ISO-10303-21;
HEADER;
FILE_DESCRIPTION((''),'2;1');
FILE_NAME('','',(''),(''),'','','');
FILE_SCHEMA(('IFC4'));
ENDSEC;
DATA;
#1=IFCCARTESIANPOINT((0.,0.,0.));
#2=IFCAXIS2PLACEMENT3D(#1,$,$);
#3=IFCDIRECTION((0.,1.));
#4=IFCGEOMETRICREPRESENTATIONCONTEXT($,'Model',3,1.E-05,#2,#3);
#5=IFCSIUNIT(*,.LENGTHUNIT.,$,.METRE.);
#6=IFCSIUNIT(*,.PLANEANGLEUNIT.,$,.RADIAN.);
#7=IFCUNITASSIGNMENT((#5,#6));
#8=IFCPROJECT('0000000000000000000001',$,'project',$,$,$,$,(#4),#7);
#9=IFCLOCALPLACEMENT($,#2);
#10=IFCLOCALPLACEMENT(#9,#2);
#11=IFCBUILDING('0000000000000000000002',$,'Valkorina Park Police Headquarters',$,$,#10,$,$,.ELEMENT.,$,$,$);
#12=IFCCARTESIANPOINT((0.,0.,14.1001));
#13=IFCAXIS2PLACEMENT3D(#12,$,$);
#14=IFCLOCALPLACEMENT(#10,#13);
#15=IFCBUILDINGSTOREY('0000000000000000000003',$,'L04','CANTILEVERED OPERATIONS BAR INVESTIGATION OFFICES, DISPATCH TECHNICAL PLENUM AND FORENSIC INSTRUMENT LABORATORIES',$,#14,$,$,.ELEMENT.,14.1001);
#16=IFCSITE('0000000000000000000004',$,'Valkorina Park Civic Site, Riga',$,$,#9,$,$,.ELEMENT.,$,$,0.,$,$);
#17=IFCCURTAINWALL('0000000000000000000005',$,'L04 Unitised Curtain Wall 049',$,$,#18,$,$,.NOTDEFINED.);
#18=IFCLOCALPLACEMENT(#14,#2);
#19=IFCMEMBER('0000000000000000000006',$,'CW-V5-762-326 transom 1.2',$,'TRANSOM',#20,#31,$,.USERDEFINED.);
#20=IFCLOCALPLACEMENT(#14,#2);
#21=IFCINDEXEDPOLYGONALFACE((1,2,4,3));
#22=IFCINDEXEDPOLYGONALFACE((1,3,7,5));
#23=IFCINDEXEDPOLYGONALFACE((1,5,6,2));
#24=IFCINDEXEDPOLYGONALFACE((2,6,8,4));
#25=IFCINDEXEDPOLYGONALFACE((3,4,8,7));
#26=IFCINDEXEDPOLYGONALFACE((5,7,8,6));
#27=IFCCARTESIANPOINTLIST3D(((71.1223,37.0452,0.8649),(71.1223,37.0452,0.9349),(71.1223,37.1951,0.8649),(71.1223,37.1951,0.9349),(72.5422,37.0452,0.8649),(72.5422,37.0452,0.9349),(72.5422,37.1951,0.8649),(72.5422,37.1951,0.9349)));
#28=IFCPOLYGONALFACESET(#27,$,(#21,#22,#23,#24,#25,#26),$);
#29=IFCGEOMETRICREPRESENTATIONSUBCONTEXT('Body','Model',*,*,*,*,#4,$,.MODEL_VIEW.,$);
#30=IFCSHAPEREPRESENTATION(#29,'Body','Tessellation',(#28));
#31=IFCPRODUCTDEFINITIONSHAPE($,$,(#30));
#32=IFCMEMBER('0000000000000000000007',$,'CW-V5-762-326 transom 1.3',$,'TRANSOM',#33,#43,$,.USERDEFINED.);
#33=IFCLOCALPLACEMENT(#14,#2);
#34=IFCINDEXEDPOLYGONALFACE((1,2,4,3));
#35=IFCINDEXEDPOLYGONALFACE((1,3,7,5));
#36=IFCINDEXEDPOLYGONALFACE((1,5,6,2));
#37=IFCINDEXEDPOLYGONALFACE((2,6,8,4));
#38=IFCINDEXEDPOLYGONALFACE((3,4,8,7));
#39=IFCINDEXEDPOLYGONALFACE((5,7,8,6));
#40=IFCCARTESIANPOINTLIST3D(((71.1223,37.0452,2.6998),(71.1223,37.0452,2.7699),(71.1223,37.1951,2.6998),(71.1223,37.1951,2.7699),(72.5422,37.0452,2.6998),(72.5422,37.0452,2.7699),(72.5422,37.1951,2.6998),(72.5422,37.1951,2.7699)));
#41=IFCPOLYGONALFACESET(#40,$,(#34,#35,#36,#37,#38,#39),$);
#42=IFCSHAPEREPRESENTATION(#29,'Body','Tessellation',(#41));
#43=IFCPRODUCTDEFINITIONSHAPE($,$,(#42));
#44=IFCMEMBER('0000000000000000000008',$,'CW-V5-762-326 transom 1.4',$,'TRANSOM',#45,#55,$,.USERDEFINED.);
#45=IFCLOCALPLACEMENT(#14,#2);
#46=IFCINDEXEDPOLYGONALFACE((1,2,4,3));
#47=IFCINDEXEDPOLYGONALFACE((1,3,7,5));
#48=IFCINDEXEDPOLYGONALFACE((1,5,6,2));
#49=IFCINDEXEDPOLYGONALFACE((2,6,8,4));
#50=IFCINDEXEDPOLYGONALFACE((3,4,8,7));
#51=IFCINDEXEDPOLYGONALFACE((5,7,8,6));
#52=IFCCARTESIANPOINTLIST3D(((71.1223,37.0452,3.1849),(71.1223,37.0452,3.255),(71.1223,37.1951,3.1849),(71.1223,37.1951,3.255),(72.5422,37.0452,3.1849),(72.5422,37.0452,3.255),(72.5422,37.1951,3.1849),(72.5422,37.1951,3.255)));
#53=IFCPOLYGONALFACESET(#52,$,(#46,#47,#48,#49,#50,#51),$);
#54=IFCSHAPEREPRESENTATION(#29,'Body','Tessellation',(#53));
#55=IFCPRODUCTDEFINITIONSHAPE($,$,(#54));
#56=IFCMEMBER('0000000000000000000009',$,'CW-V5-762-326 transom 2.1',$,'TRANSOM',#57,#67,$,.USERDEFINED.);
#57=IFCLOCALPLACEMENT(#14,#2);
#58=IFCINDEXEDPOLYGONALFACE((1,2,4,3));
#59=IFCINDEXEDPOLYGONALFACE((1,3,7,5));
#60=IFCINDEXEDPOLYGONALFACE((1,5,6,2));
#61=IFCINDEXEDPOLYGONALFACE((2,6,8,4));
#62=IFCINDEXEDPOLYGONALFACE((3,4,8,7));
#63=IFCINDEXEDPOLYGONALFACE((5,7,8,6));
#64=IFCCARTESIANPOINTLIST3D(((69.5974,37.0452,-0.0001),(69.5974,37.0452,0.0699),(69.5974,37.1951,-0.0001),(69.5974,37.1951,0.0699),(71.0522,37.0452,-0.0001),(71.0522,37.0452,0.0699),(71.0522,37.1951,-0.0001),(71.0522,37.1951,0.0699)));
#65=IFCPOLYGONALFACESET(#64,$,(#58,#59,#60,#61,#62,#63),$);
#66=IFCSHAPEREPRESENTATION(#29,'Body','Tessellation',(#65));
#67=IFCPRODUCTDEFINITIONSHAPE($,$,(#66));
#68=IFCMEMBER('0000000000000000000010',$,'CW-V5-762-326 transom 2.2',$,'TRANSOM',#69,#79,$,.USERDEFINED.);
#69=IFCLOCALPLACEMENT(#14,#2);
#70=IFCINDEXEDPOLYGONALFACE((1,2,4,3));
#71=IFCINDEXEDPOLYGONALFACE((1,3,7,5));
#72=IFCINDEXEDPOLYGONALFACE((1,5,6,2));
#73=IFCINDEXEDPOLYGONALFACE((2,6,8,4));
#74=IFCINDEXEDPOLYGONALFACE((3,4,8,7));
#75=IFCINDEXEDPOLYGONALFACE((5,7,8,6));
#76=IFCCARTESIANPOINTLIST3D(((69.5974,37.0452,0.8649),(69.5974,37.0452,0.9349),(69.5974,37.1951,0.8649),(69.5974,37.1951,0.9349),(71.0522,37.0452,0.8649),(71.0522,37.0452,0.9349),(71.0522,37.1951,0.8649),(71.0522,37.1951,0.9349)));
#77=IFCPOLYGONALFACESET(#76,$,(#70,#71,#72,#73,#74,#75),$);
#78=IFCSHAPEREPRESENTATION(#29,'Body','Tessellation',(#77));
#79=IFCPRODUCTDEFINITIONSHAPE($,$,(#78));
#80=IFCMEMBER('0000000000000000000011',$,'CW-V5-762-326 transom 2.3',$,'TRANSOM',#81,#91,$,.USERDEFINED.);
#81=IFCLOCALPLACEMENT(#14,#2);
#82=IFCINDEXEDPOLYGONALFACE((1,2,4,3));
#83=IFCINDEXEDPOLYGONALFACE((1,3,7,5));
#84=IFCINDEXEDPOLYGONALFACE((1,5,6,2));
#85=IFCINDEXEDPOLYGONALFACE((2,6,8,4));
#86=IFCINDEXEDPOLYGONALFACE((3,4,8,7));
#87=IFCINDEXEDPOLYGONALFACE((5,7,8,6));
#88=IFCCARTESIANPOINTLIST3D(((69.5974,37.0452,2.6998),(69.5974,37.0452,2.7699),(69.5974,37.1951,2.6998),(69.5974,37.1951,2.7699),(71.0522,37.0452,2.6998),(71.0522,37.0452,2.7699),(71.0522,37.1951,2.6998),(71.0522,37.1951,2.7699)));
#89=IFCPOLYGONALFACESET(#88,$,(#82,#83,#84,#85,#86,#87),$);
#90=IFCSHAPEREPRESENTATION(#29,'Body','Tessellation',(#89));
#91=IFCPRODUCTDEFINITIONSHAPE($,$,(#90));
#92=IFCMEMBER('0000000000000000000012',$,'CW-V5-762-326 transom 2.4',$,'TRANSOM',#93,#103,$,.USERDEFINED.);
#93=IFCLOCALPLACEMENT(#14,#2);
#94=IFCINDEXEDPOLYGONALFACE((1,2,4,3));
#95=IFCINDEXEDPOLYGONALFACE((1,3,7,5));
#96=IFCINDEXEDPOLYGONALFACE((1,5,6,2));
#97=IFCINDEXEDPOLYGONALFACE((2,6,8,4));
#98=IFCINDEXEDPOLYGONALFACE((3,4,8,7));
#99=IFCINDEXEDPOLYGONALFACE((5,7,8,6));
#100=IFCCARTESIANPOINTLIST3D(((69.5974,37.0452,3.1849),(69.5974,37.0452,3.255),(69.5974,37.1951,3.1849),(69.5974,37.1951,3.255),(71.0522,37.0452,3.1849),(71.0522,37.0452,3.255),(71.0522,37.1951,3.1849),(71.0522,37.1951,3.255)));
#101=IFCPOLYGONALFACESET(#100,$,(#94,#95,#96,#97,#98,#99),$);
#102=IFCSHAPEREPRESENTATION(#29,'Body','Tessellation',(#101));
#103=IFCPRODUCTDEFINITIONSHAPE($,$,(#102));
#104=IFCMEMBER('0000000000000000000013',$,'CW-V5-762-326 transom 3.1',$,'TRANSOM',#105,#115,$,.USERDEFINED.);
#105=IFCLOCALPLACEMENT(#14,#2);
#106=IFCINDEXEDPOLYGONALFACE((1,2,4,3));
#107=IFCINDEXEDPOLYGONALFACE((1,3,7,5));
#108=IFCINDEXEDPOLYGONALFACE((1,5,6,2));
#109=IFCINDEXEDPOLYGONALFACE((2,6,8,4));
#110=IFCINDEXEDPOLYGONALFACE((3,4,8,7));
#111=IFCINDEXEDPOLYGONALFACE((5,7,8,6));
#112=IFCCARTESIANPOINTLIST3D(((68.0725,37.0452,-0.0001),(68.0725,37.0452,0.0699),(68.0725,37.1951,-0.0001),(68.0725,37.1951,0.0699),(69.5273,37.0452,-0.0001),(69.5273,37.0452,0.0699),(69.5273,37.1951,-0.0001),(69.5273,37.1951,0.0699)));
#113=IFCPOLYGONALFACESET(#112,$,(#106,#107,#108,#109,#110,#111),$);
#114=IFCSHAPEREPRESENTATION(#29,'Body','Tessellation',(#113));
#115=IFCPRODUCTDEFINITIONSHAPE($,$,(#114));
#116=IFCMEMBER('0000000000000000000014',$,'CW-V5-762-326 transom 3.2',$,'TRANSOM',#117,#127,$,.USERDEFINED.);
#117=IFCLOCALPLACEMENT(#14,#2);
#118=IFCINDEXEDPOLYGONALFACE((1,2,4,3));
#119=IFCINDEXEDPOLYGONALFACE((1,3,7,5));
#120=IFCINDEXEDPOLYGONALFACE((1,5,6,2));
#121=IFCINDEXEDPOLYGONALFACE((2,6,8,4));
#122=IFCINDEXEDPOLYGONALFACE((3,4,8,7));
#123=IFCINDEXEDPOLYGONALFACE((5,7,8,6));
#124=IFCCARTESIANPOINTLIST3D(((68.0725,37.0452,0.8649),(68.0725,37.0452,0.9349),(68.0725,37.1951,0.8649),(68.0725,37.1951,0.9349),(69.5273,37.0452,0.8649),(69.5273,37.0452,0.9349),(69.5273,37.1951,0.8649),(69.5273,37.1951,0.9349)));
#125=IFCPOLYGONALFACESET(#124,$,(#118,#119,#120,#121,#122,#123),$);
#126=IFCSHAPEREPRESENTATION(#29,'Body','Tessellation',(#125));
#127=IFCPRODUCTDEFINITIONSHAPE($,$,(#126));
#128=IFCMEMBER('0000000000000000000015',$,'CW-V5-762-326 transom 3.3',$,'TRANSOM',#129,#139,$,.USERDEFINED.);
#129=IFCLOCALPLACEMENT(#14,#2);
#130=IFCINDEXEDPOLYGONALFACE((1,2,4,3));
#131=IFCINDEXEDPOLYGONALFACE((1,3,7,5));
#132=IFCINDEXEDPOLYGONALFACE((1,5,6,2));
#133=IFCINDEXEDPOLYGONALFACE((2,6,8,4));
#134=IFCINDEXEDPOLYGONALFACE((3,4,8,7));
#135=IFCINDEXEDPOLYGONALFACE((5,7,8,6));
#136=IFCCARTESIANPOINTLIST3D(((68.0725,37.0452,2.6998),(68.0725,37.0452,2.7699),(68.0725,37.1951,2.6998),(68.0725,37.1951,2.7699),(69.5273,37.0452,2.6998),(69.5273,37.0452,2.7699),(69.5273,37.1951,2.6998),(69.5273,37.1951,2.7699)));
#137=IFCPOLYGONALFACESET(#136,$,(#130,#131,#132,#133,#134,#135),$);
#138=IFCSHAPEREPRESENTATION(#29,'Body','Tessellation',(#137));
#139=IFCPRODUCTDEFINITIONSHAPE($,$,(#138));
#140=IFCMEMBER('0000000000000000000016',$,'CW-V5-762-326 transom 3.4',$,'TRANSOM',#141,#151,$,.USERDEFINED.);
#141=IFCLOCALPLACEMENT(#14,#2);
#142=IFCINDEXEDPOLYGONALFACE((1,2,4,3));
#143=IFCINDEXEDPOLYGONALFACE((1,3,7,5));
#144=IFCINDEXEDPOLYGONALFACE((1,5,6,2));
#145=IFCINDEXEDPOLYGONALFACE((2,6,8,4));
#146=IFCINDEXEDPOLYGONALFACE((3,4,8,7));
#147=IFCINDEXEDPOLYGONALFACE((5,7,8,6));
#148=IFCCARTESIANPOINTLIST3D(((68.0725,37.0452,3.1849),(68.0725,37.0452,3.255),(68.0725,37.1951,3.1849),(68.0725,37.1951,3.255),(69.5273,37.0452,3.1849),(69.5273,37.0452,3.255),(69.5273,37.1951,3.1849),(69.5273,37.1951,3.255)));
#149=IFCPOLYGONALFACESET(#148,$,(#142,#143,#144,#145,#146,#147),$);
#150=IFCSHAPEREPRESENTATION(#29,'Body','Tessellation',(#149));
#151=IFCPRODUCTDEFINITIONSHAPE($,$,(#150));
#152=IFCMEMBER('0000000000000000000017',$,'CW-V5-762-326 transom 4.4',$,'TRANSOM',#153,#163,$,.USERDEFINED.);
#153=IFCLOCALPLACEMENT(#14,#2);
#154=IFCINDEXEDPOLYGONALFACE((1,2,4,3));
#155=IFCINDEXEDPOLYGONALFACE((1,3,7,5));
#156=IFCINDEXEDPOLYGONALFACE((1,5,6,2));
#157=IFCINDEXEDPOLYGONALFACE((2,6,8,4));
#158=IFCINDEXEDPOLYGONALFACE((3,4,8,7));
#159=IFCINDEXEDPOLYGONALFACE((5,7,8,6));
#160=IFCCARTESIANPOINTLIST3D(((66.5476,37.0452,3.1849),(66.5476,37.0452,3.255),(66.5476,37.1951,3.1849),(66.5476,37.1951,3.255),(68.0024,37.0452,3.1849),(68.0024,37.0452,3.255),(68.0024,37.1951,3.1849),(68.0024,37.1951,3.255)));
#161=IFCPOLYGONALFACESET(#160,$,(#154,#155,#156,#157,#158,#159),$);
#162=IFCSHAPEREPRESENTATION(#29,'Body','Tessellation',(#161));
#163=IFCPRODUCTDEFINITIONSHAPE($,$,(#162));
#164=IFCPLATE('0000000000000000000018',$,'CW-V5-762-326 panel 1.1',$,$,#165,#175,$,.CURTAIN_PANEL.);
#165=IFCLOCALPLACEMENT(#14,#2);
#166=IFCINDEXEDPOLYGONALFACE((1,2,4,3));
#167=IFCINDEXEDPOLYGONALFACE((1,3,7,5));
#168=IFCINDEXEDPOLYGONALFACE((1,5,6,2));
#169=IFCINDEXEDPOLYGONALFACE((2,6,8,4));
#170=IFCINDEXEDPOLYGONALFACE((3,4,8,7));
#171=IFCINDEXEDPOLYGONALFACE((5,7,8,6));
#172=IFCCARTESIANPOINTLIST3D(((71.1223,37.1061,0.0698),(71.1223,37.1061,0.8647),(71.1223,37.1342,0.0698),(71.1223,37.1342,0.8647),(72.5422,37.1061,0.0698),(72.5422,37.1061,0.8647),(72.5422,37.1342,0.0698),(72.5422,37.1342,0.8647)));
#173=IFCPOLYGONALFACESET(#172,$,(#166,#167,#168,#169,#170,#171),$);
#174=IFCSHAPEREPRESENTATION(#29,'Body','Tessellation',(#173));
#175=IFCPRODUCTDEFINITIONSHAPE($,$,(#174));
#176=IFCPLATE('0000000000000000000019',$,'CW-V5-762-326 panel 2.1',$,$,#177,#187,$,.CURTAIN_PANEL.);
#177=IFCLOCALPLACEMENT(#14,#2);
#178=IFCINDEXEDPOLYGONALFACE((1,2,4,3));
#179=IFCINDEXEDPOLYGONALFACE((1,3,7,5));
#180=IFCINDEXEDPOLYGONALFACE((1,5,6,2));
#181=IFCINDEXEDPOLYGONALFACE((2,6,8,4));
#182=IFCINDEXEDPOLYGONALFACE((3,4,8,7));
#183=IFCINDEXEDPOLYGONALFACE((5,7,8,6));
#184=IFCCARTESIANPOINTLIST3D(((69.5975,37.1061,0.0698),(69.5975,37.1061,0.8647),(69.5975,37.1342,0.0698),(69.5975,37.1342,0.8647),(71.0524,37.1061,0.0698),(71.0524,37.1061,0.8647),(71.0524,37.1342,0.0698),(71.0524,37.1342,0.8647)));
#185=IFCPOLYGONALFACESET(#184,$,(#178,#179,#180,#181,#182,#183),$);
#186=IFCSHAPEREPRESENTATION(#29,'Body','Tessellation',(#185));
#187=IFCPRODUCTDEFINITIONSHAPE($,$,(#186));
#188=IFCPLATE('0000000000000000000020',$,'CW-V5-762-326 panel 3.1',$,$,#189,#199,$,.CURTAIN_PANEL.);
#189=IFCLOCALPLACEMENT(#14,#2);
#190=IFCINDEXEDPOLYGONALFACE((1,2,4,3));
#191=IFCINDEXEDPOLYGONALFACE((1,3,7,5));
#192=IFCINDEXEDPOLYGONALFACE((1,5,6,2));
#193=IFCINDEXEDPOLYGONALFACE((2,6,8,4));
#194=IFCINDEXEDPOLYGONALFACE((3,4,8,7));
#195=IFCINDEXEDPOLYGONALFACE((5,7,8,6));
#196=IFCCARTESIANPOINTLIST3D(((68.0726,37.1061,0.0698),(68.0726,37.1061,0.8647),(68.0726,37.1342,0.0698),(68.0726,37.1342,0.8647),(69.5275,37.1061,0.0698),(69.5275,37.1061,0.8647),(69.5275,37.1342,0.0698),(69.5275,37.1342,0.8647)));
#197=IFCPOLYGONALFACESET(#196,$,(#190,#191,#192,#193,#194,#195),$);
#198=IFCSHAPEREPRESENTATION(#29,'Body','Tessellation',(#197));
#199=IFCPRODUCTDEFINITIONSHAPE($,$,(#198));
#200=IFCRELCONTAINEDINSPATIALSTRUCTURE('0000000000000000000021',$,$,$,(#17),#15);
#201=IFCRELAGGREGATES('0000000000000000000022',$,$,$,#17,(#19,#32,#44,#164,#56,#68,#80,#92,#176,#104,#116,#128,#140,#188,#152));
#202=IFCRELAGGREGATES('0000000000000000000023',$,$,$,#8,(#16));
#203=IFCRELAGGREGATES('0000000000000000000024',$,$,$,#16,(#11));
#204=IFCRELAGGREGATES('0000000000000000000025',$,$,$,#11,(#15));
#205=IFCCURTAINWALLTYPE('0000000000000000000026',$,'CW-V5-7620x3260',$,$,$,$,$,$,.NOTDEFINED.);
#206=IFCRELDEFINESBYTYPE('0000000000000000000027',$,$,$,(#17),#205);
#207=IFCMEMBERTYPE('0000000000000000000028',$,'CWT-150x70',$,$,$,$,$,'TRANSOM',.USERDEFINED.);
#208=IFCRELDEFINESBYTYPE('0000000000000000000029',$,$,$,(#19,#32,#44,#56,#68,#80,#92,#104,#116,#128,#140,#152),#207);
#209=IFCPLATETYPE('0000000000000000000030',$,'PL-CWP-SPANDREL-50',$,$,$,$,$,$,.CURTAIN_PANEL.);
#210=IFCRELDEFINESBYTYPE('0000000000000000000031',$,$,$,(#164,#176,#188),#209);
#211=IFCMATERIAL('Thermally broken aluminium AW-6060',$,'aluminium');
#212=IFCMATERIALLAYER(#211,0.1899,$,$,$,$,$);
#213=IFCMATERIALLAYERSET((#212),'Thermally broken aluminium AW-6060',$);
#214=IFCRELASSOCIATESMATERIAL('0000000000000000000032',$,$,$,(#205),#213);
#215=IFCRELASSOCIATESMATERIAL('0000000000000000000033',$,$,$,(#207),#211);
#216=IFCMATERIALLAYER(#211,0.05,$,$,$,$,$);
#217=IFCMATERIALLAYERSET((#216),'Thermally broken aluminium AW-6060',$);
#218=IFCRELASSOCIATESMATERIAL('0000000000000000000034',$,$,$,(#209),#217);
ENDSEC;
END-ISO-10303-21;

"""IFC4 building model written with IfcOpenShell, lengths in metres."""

from ifc_helpers import new_model, si_unit, direction, frame, origin, origin_2d, place, context, subcontext, project, spatial, rectangle, extrude, material, layer, layer_set, material_profile, profile_set, type_object, element, aggregate, save


model = new_model("IFC4")

# Units and contexts
model_context = context("Model", 3, precision=1e-05, world=origin(), true_north=direction((0.0, 1.0)))
body_context = subcontext(model_context, "Body", "Model", "MODEL_VIEW")
ifc_project = project(units=[si_unit("LENGTHUNIT", "METRE"), si_unit("PLANEANGLEUNIT", "RADIAN")], contexts=[model_context])

# Site, building, storey
site_placement = place(None, origin())
site = spatial("IfcSite", under=ifc_project, at=site_placement, Name="Valkorina Park Civic Site, Riga", CompositionType="ELEMENT", RefElevation=0.0)
building_placement = place(site_placement, origin())
building = spatial("IfcBuilding", under=site, at=building_placement, Name="Valkorina Park Police Headquarters", CompositionType="ELEMENT")
storey_placement = place(building_placement, frame((0.0, 0.0, 14.1001)))
storey = spatial("IfcBuildingStorey", under=building, at=storey_placement, Name="L04", Description="CANTILEVERED OPERATIONS BAR INVESTIGATION OFFICES, DISPATCH TECHNICAL PLENUM AND FORENSIC INSTRUMENT LABORATORIES", CompositionType="ELEMENT", Elevation=14.1001)

# Shared definitions
ifc_material_1 = material(Name="Thermally broken aluminium AW-6060", Category="aluminium")
ifc_layer_1 = layer(ifc_material_1, 0.1899)
ifc_layer_set_1 = layer_set([ifc_layer_1], Name="Thermally broken aluminium AW-6060")
curtain_wall_type = type_object("IfcCurtainWallType", Name="CW-V5-7620x3260", PredefinedType="NOTDEFINED", material=ifc_layer_set_1)

# Curtain wall, members, plates
curtain_wall_1_placement = place(storey_placement, origin())
curtain_wall_1 = element("IfcCurtainWall", 1, at=curtain_wall_1_placement, inside=storey, type_object=curtain_wall_type, Name="L04 Unitised Curtain Wall 049", PredefinedType="NOTDEFINED")
ifc_material_profile_1 = material_profile(ifc_material_1, rectangle(XDim=0.1499, YDim=0.0701, at=origin_2d()), Name="CWT-02 150x70")
ifc_profile_set_1 = profile_set([ifc_material_profile_1], Name="Thermally broken aluminium AW-6060")
member_type_1 = type_object("IfcMemberType", Name="CWT-150x70", ElementType="TRANSOM", PredefinedType="USERDEFINED", material=ifc_profile_set_1)
member_1_placement = place(storey_placement, frame((72.5422, 37.1201, 0.8999), z_axis=(-1.0, 0.0, 0.0), x_axis=(0.0, -1.0, 0.0)))
member_1 = element("IfcMember", 2, at=member_1_placement, type_object=member_type_1, Name="CW-V5-762-326 transom 1.2", ObjectType="TRANSOM", PredefinedType="USERDEFINED", context=body_context, shape_type="SweptSolid", body=[
    extrude(rectangle(XDim=0.1499, YDim=0.0701, at=origin_2d()), origin(), (0.0, 0.0, 1.0), 1.4199),
])
member_2_placement = place(storey_placement, frame((72.5422, 37.1201, 2.7349), z_axis=(-1.0, 0.0, 0.0), x_axis=(0.0, -1.0, 0.0)))
member_2 = element("IfcMember", 3, at=member_2_placement, type_object=member_type_1, Name="CW-V5-762-326 transom 1.3", ObjectType="TRANSOM", PredefinedType="USERDEFINED", context=body_context, shape_type="SweptSolid", body=[
    extrude(rectangle(XDim=0.1499, YDim=0.0701, at=origin_2d()), origin(), (0.0, 0.0, 1.0), 1.4199),
])
member_3_placement = place(storey_placement, frame((72.5422, 37.1201, 3.22), z_axis=(-1.0, 0.0, 0.0), x_axis=(0.0, -1.0, 0.0)))
member_3 = element("IfcMember", 4, at=member_3_placement, type_object=member_type_1, Name="CW-V5-762-326 transom 1.4", ObjectType="TRANSOM", PredefinedType="USERDEFINED", context=body_context, shape_type="SweptSolid", body=[
    extrude(rectangle(XDim=0.1499, YDim=0.0701, at=origin_2d()), origin(), (0.0, 0.0, 1.0), 1.4199),
])
member_4_placement = place(storey_placement, frame((71.0522, 37.1201, 0.0349), z_axis=(-1.0, 0.0, 0.0), x_axis=(0.0, -1.0, 0.0)))
member_4 = element("IfcMember", 5, at=member_4_placement, type_object=member_type_1, Name="CW-V5-762-326 transom 2.1", ObjectType="TRANSOM", PredefinedType="USERDEFINED", context=body_context, shape_type="SweptSolid", body=[
    extrude(rectangle(XDim=0.1499, YDim=0.0701, at=origin_2d()), origin(), (0.0, 0.0, 1.0), 1.4548),
])
member_5_placement = place(storey_placement, frame((71.0522, 37.1201, 0.8999), z_axis=(-1.0, 0.0, 0.0), x_axis=(0.0, -1.0, 0.0)))
member_5 = element("IfcMember", 6, at=member_5_placement, type_object=member_type_1, Name="CW-V5-762-326 transom 2.2", ObjectType="TRANSOM", PredefinedType="USERDEFINED", context=body_context, shape_type="SweptSolid", body=[
    extrude(rectangle(XDim=0.1499, YDim=0.0701, at=origin_2d()), origin(), (0.0, 0.0, 1.0), 1.4548),
])
member_6_placement = place(storey_placement, frame((71.0522, 37.1201, 2.7349), z_axis=(-1.0, 0.0, 0.0), x_axis=(0.0, -1.0, 0.0)))
member_6 = element("IfcMember", 7, at=member_6_placement, type_object=member_type_1, Name="CW-V5-762-326 transom 2.3", ObjectType="TRANSOM", PredefinedType="USERDEFINED", context=body_context, shape_type="SweptSolid", body=[
    extrude(rectangle(XDim=0.1499, YDim=0.0701, at=origin_2d()), origin(), (0.0, 0.0, 1.0), 1.4548),
])
member_7_placement = place(storey_placement, frame((71.0522, 37.1201, 3.22), z_axis=(-1.0, 0.0, 0.0), x_axis=(0.0, -1.0, 0.0)))
member_7 = element("IfcMember", 8, at=member_7_placement, type_object=member_type_1, Name="CW-V5-762-326 transom 2.4", ObjectType="TRANSOM", PredefinedType="USERDEFINED", context=body_context, shape_type="SweptSolid", body=[
    extrude(rectangle(XDim=0.1499, YDim=0.0701, at=origin_2d()), origin(), (0.0, 0.0, 1.0), 1.4548),
])
member_8_placement = place(storey_placement, frame((69.5273, 37.1201, 0.0349), z_axis=(-1.0, 0.0, 0.0), x_axis=(0.0, -1.0, 0.0)))
member_8 = element("IfcMember", 9, at=member_8_placement, type_object=member_type_1, Name="CW-V5-762-326 transom 3.1", ObjectType="TRANSOM", PredefinedType="USERDEFINED", context=body_context, shape_type="SweptSolid", body=[
    extrude(rectangle(XDim=0.1499, YDim=0.0701, at=origin_2d()), origin(), (0.0, 0.0, 1.0), 1.4548),
])
member_9_placement = place(storey_placement, frame((69.5273, 37.1201, 0.8999), z_axis=(-1.0, 0.0, 0.0), x_axis=(0.0, -1.0, 0.0)))
member_9 = element("IfcMember", 10, at=member_9_placement, type_object=member_type_1, Name="CW-V5-762-326 transom 3.2", ObjectType="TRANSOM", PredefinedType="USERDEFINED", context=body_context, shape_type="SweptSolid", body=[
    extrude(rectangle(XDim=0.1499, YDim=0.0701, at=origin_2d()), origin(), (0.0, 0.0, 1.0), 1.4548),
])
member_10_placement = place(storey_placement, frame((69.5273, 37.1201, 2.7349), z_axis=(-1.0, 0.0, 0.0), x_axis=(0.0, -1.0, 0.0)))
member_10 = element("IfcMember", 11, at=member_10_placement, type_object=member_type_1, Name="CW-V5-762-326 transom 3.3", ObjectType="TRANSOM", PredefinedType="USERDEFINED", context=body_context, shape_type="SweptSolid", body=[
    extrude(rectangle(XDim=0.1499, YDim=0.0701, at=origin_2d()), origin(), (0.0, 0.0, 1.0), 1.4548),
])
member_11_placement = place(storey_placement, frame((69.5273, 37.1201, 3.22), z_axis=(-1.0, 0.0, 0.0), x_axis=(0.0, -1.0, 0.0)))
member_11 = element("IfcMember", 12, at=member_11_placement, type_object=member_type_1, Name="CW-V5-762-326 transom 3.4", ObjectType="TRANSOM", PredefinedType="USERDEFINED", context=body_context, shape_type="SweptSolid", body=[
    extrude(rectangle(XDim=0.1499, YDim=0.0701, at=origin_2d()), origin(), (0.0, 0.0, 1.0), 1.4548),
])
member_12_placement = place(storey_placement, frame((68.0024, 37.1201, 3.22), z_axis=(-1.0, 0.0, 0.0), x_axis=(0.0, -1.0, 0.0)))
member_12 = element("IfcMember", 13, at=member_12_placement, type_object=member_type_1, Name="CW-V5-762-326 transom 4.4", ObjectType="TRANSOM", PredefinedType="USERDEFINED", context=body_context, shape_type="SweptSolid", body=[
    extrude(rectangle(XDim=0.1499, YDim=0.0701, at=origin_2d()), origin(), (0.0, 0.0, 1.0), 1.4548),
])
ifc_layer_2 = layer(ifc_material_1, 0.05)
ifc_layer_set_2 = layer_set([ifc_layer_2], Name="Thermally broken aluminium AW-6060")
plate_type_1 = type_object("IfcPlateType", Name="PL-CWP-SPANDREL-50", PredefinedType="CURTAIN_PANEL", material=ifc_layer_set_2)
plate_1_placement = place(storey_placement, frame((71.8323, 37.1201, 0.0698), z_axis=(0.0, 0.0, 1.0), x_axis=(-1.0, 0.0, 0.0)))
plate_1 = element("IfcPlate", 14, at=plate_1_placement, type_object=plate_type_1, Name="CW-V5-762-326 panel 1.1", PredefinedType="CURTAIN_PANEL", context=body_context, shape_type="SweptSolid", body=[
    extrude(rectangle(XDim=1.4199, YDim=0.0281, at=origin_2d()), origin(), (0.0, 0.0, 1.0), 0.7949),
])
plate_2_placement = place(storey_placement, frame((70.325, 37.1201, 0.0698), z_axis=(0.0, 0.0, 1.0), x_axis=(-1.0, 0.0, 0.0)))
plate_2 = element("IfcPlate", 15, at=plate_2_placement, type_object=plate_type_1, Name="CW-V5-762-326 panel 2.1", PredefinedType="CURTAIN_PANEL", context=body_context, shape_type="SweptSolid", body=[
    extrude(rectangle(XDim=1.4548, YDim=0.0281, at=origin_2d()), origin(), (0.0, 0.0, 1.0), 0.7949),
])
plate_3_placement = place(storey_placement, frame((68.8, 37.1201, 0.0698), z_axis=(0.0, 0.0, 1.0), x_axis=(-1.0, 0.0, 0.0)))
plate_3 = element("IfcPlate", 16, at=plate_3_placement, type_object=plate_type_1, Name="CW-V5-762-326 panel 3.1", PredefinedType="CURTAIN_PANEL", context=body_context, shape_type="SweptSolid", body=[
    extrude(rectangle(XDim=1.4548, YDim=0.0281, at=origin_2d()), origin(), (0.0, 0.0, 1.0), 0.7949),
])
aggregate(curtain_wall_1, [member_1, member_2, member_3, plate_1, member_4, member_5, member_6, member_7, plate_2, member_8, member_9, member_10, member_11, plate_3, member_12])

save(model, "model.ifc")
